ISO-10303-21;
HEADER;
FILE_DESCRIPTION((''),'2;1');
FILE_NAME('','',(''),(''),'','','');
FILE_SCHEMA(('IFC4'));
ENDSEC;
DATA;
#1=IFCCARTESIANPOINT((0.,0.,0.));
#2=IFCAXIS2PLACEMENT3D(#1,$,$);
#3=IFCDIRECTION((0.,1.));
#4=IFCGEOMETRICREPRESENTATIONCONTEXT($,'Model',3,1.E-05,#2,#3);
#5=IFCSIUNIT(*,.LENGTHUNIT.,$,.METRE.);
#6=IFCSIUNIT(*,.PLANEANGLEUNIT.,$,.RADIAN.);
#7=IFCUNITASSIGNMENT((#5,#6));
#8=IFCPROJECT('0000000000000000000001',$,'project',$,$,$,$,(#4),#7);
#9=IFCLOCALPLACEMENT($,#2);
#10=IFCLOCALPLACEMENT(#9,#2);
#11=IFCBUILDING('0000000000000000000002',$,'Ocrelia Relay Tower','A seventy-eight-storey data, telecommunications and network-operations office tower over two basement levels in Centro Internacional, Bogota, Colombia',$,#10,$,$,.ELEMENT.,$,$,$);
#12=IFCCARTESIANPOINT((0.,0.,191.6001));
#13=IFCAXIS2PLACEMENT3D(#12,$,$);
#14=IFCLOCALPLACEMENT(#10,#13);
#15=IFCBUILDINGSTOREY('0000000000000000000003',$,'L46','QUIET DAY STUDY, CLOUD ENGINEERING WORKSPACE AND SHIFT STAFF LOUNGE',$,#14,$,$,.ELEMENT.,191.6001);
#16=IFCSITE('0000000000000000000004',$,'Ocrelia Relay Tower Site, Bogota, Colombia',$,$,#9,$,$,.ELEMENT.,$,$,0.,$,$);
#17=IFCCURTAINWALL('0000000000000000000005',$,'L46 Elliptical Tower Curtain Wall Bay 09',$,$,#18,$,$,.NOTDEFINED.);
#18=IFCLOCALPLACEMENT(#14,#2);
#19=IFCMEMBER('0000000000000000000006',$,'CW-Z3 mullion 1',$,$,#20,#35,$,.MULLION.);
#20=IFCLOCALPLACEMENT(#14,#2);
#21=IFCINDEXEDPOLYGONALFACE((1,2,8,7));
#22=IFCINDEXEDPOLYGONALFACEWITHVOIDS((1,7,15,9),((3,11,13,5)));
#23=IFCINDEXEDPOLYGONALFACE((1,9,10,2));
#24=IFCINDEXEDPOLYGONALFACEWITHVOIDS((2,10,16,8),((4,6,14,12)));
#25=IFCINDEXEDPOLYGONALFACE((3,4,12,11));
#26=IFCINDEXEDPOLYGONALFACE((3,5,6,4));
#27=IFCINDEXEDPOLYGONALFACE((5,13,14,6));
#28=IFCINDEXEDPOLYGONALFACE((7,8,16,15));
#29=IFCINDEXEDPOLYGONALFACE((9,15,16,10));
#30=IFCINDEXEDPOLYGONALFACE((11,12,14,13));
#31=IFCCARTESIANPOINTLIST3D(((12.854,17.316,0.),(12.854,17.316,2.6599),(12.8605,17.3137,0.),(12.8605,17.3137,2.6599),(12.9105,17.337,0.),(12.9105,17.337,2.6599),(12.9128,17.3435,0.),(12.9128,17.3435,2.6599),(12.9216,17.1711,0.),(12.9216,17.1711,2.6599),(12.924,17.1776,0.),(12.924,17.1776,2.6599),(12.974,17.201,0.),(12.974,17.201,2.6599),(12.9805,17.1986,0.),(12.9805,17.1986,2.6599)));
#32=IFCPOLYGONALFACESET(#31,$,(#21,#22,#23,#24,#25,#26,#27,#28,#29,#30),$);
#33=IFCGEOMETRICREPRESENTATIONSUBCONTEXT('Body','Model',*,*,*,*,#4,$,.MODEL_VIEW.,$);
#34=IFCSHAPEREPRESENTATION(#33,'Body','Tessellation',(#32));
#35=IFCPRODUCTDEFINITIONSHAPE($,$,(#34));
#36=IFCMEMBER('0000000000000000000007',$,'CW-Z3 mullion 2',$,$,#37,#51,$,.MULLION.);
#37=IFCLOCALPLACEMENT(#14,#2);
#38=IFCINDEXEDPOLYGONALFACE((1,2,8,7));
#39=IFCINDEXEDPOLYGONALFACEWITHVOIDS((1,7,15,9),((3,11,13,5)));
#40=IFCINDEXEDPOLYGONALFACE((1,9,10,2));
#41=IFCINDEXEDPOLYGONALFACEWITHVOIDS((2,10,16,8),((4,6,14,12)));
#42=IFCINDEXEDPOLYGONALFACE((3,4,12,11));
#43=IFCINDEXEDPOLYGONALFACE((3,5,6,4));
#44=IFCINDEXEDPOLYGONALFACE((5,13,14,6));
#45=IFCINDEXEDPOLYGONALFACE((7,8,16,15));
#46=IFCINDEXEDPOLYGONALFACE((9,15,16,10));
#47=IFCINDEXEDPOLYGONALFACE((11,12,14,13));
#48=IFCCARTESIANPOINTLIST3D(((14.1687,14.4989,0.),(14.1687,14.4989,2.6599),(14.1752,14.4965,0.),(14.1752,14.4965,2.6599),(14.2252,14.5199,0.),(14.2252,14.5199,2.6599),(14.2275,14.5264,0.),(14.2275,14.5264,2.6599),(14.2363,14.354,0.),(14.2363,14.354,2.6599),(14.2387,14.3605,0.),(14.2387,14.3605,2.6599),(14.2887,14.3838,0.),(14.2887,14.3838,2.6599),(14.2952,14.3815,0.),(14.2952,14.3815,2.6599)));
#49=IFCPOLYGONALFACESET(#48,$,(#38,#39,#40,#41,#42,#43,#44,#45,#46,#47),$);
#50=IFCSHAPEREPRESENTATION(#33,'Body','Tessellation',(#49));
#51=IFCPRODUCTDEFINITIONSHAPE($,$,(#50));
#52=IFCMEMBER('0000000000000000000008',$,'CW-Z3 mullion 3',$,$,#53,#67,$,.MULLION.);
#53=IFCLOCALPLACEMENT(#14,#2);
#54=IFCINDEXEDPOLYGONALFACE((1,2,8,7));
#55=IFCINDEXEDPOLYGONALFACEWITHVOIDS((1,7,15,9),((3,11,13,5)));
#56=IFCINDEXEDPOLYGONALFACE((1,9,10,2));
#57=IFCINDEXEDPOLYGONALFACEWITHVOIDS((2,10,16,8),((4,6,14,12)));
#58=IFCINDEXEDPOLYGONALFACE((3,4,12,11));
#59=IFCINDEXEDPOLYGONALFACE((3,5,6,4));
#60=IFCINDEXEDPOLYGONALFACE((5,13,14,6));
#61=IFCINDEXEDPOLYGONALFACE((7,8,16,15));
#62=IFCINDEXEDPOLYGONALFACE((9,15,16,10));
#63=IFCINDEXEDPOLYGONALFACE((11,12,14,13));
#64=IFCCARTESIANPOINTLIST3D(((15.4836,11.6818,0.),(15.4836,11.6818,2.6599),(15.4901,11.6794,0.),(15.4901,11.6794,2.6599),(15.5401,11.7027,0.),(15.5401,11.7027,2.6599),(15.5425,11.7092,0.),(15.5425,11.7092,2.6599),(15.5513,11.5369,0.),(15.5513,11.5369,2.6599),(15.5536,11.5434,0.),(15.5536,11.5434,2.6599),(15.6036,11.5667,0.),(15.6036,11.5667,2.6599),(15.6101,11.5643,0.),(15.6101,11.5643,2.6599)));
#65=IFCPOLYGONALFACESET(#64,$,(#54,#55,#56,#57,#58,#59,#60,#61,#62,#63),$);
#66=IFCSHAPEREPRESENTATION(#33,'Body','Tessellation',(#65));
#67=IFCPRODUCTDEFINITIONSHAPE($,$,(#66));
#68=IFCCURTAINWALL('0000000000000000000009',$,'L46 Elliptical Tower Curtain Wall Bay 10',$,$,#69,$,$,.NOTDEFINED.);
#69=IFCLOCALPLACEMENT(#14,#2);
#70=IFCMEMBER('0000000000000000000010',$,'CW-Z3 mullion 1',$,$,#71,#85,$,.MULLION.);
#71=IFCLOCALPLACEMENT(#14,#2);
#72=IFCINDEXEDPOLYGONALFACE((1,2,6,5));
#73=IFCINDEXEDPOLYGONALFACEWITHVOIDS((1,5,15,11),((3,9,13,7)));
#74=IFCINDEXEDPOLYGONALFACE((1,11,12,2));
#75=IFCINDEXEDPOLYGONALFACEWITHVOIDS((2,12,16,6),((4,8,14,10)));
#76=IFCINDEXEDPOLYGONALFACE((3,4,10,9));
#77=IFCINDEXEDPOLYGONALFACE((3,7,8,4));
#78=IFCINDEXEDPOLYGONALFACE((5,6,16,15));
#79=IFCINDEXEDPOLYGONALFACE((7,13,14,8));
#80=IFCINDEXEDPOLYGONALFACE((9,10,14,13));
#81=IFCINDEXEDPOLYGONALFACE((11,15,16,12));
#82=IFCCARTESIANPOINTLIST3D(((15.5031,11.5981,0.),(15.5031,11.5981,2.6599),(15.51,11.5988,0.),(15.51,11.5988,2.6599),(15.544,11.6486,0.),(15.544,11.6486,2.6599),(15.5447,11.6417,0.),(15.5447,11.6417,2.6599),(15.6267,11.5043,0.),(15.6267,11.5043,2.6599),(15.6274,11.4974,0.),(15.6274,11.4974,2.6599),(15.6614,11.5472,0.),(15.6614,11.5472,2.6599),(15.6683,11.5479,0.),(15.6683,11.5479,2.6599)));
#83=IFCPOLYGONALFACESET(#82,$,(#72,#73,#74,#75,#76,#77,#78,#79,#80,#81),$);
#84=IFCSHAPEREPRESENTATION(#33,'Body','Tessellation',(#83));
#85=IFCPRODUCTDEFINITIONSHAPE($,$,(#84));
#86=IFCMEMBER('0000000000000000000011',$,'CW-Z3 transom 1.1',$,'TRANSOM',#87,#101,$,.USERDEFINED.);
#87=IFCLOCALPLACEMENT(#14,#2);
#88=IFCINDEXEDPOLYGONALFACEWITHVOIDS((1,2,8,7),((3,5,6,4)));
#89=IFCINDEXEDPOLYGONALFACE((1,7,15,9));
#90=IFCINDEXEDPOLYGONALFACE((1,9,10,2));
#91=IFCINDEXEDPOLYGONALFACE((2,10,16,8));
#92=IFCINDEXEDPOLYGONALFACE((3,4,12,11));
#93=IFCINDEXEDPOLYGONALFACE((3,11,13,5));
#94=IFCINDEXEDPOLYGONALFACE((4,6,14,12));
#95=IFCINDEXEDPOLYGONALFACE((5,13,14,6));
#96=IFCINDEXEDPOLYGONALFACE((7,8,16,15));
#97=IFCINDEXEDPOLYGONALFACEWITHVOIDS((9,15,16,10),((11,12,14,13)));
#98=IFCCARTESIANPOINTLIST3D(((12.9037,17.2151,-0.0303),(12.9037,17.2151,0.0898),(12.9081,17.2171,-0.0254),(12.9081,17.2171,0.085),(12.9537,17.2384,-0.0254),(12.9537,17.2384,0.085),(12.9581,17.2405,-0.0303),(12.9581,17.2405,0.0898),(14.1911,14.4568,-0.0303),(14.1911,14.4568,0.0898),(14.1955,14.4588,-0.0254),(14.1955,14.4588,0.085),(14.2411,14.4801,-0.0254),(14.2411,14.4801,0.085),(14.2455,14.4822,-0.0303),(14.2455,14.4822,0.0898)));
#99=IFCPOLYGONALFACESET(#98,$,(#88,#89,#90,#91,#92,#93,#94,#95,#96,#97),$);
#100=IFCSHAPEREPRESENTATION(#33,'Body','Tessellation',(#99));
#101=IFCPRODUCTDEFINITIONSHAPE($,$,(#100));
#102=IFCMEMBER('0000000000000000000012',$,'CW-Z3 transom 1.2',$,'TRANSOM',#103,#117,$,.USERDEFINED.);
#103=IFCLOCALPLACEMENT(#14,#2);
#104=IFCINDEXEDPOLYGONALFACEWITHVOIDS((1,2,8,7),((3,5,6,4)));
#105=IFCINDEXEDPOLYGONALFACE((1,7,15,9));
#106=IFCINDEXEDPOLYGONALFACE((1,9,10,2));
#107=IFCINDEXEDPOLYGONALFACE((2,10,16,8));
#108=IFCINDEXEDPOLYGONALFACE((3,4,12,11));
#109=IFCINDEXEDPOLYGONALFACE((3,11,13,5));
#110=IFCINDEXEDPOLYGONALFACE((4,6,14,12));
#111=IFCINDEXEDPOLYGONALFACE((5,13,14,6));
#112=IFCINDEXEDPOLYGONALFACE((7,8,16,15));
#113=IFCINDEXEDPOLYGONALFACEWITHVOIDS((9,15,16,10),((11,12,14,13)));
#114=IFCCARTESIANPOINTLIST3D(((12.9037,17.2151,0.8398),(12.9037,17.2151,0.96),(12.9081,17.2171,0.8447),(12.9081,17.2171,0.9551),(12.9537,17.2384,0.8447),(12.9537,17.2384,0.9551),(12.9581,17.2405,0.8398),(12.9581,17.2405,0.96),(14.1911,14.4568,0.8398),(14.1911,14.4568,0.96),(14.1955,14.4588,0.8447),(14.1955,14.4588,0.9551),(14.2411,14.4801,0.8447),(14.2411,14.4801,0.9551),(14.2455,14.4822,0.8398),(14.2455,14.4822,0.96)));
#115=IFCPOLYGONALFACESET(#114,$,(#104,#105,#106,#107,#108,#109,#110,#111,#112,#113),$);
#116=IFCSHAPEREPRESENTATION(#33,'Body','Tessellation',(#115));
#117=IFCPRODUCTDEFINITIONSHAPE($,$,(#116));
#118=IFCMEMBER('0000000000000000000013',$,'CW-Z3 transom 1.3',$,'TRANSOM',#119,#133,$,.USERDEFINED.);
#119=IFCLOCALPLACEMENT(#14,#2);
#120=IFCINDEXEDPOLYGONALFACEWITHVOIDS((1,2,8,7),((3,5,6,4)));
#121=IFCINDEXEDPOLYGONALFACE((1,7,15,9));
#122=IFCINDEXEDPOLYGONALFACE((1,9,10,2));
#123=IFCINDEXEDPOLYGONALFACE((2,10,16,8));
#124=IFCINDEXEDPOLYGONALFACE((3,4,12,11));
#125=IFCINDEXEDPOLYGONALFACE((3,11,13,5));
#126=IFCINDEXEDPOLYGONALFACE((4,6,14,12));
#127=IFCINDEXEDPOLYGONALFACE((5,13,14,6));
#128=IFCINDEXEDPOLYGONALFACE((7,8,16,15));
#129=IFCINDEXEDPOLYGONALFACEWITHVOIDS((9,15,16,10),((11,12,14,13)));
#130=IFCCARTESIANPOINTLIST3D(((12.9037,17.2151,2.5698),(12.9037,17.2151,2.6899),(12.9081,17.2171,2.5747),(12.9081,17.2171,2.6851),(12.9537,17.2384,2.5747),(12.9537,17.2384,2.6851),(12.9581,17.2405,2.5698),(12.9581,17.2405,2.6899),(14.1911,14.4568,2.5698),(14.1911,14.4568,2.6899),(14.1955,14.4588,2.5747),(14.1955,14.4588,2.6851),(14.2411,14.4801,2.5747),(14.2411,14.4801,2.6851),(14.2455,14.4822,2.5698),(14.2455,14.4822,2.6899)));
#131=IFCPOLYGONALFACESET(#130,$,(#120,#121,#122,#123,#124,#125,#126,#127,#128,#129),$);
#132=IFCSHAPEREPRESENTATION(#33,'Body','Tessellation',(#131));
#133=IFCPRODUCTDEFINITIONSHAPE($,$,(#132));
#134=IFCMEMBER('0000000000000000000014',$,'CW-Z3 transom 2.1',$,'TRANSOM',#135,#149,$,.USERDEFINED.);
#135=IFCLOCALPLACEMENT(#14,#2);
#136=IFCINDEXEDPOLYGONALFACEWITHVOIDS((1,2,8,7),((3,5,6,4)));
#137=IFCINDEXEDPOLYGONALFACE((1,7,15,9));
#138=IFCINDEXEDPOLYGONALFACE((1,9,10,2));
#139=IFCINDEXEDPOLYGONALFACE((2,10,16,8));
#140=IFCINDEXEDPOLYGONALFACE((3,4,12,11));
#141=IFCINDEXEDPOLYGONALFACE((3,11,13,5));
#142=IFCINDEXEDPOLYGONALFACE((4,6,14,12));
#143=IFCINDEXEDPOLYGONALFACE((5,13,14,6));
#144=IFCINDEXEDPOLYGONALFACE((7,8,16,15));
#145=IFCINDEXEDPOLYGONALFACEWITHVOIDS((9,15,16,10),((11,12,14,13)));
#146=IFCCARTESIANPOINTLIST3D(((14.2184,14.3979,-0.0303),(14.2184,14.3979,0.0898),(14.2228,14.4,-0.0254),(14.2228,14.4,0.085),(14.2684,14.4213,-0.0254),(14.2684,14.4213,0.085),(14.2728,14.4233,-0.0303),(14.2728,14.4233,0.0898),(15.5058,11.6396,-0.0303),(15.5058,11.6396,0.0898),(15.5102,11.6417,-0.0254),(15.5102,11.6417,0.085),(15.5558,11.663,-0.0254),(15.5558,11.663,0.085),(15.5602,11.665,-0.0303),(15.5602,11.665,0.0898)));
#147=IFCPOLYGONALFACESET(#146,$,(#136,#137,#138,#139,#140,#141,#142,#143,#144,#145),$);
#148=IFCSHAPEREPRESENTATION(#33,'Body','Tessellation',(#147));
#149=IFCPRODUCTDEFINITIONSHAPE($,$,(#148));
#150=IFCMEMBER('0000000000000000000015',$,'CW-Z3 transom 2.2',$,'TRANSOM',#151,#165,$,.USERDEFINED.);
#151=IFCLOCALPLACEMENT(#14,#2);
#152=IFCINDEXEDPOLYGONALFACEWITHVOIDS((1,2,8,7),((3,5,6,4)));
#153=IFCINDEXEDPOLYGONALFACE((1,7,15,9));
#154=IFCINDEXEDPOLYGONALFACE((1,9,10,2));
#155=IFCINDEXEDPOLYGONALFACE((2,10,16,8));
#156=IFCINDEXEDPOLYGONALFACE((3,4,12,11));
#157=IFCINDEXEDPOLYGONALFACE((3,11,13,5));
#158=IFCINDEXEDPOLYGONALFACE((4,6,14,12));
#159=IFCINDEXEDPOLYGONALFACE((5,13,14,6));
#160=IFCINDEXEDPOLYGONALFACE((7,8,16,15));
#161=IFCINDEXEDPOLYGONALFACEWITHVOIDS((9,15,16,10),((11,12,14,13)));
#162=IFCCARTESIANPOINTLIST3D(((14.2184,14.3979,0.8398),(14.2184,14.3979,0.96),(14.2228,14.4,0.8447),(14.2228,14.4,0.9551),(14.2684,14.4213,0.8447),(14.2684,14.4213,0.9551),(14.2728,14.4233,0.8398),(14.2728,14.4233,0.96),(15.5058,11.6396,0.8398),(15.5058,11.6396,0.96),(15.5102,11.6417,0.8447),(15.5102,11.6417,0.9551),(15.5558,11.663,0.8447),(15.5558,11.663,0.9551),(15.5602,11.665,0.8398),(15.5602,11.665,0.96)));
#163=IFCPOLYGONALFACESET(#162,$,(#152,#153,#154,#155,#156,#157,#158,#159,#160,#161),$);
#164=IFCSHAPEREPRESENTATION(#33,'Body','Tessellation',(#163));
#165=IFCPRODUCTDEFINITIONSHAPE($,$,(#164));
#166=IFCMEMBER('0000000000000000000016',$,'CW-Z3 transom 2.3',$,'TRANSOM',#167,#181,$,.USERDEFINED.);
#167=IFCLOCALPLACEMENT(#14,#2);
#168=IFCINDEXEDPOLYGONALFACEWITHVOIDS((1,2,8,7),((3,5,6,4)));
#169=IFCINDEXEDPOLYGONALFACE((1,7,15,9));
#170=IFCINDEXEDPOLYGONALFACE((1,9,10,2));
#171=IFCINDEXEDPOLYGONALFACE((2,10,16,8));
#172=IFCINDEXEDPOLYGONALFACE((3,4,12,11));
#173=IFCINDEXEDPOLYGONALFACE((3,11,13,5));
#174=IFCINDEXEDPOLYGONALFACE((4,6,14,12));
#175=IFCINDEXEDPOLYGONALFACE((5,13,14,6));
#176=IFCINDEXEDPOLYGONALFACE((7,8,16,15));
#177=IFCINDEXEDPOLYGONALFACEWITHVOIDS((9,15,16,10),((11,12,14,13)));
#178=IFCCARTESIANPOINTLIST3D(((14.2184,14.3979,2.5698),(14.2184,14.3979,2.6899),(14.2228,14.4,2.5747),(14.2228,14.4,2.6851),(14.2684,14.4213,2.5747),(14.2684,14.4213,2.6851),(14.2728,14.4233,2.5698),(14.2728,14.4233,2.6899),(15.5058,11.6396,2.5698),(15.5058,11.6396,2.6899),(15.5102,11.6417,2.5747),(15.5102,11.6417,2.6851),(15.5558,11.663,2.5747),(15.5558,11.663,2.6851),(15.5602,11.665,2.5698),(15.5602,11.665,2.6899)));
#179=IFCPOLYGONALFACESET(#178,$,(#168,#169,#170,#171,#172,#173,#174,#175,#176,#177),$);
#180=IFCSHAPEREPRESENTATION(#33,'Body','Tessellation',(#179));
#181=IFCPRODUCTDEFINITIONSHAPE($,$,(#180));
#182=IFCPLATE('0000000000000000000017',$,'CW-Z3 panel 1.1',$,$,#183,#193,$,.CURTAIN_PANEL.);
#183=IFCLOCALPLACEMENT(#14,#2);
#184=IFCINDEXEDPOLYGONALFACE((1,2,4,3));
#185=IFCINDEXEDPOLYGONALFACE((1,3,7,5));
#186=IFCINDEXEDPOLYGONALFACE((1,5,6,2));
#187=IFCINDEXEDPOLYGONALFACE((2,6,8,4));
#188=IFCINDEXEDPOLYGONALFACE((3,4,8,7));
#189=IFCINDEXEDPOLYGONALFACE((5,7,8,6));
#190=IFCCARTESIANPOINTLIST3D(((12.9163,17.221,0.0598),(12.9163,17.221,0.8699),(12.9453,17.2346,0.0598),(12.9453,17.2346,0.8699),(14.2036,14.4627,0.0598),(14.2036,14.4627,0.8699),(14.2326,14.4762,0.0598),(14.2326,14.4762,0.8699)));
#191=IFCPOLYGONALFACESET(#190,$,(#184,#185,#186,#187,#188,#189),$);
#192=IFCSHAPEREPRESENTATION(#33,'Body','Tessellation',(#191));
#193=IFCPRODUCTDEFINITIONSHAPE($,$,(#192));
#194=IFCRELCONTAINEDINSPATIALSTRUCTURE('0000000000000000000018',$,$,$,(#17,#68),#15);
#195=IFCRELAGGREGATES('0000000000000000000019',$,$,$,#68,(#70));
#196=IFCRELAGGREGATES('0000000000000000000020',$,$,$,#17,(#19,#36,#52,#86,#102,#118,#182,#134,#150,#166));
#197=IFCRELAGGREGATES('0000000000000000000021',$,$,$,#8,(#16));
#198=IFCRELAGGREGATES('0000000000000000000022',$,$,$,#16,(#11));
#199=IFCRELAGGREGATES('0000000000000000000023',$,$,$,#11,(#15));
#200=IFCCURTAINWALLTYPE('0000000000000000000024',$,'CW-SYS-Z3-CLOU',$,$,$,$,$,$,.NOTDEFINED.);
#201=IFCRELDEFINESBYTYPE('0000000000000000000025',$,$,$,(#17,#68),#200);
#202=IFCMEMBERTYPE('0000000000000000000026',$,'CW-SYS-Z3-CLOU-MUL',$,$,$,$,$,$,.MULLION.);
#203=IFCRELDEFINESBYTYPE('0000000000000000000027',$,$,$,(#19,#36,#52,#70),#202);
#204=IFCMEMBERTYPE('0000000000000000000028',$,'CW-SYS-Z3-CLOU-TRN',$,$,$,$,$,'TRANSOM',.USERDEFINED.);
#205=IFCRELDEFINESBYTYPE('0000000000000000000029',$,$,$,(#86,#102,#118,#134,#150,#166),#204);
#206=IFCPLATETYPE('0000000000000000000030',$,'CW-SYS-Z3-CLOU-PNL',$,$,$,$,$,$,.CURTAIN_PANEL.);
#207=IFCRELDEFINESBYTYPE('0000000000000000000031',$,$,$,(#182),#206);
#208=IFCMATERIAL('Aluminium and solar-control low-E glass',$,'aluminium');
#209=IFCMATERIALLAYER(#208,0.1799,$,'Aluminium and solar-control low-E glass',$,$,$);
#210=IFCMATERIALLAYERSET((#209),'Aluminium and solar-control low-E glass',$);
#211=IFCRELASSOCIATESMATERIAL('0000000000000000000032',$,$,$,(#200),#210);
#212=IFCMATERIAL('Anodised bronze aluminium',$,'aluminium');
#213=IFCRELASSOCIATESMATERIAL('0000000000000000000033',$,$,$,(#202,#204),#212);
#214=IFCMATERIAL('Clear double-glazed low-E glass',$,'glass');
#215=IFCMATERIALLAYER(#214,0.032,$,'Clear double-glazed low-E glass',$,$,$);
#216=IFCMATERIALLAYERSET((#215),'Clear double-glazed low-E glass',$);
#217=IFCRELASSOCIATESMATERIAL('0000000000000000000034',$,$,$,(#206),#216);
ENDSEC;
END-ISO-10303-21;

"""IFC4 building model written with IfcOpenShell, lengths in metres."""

from ifc_helpers import new_model, si_unit, direction, frame, origin, origin_2d, place, context, subcontext, project, spatial, rectangle, hollow_rectangle, extrude, material, layer, layer_set, material_profile, profile_set, type_object, element, aggregate, save


model = new_model("IFC4")

# Units and contexts
model_context = context("Model", 3, precision=1e-05, world=origin(), true_north=direction((0.0, 1.0)))
body_context = subcontext(model_context, "Body", "Model", "MODEL_VIEW")
ifc_project = project(units=[si_unit("LENGTHUNIT", "METRE"), si_unit("PLANEANGLEUNIT", "RADIAN")], contexts=[model_context])

# Site, building, storey
site_placement = place(None, origin())
site = spatial("IfcSite", under=ifc_project, at=site_placement, Name="Ocrelia Relay Tower Site, Bogota, Colombia", CompositionType="ELEMENT", RefElevation=0.0)
building_placement = place(site_placement, origin())
building = spatial("IfcBuilding", under=site, at=building_placement, Name="Ocrelia Relay Tower", Description="A seventy-eight-storey data, telecommunications and network-operations office tower over two basement levels in Centro Internacional, Bogota, Colombia", CompositionType="ELEMENT")
storey_placement = place(building_placement, frame((0.0, 0.0, 191.6001)))
storey = spatial("IfcBuildingStorey", under=building, at=storey_placement, Name="L46", Description="QUIET DAY STUDY, CLOUD ENGINEERING WORKSPACE AND SHIFT STAFF LOUNGE", CompositionType="ELEMENT", Elevation=191.6001)

# Curtain wall, members
ifc_material_1 = material(Name="Aluminium and solar-control low-E glass", Category="aluminium")
ifc_layer_1 = layer(ifc_material_1, 0.1799, Name="Aluminium and solar-control low-E glass")
ifc_layer_set_1 = layer_set([ifc_layer_1], Name="Aluminium and solar-control low-E glass")
curtain_wall_type = type_object("IfcCurtainWallType", Name="CW-SYS-Z3-CLOU", PredefinedType="NOTDEFINED", material=ifc_layer_set_1)
curtain_wall_1_placement = place(storey_placement, origin())
curtain_wall_1 = element("IfcCurtainWall", 1, at=curtain_wall_1_placement, inside=storey, type_object=curtain_wall_type, Name="L46 Elliptical Tower Curtain Wall Bay 09", PredefinedType="NOTDEFINED")
ifc_material_2 = material(Name="Anodised bronze aluminium", Category="aluminium")
ifc_material_profile_1 = material_profile(ifc_material_2, hollow_rectangle(XDim=0.0649, YDim=0.1599, WallThickness=0.0049, at=origin_2d()), Name="CW-MUL-160x65")
ifc_profile_set_1 = profile_set([ifc_material_profile_1], Name="Anodised bronze aluminium")
member_type_1 = type_object("IfcMemberType", Name="CW-SYS-Z3-CLOU-MUL", PredefinedType="MULLION", material=ifc_profile_set_1)
member_1_placement = place(storey_placement, frame((12.9172, 17.2573, 0.0), z_axis=(0.0, 0.0, 1.0), x_axis=(0.906166, 0.422921, 0.0)))
member_1 = element("IfcMember", 2, at=member_1_placement, type_object=member_type_1, Name="CW-Z3 mullion 1", PredefinedType="MULLION", context=body_context, shape_type="SweptSolid", body=[
    extrude(hollow_rectangle(XDim=0.0649, YDim=0.1599, WallThickness=0.0049, at=origin_2d()), origin(), (0.0, 0.0, 1.0), 2.6599),
])
member_2_placement = place(storey_placement, frame((14.2319, 14.4402, 0.0), z_axis=(0.0, 0.0, 1.0), x_axis=(0.906166, 0.422921, 0.0)))
member_2 = element("IfcMember", 3, at=member_2_placement, type_object=member_type_1, Name="CW-Z3 mullion 2", PredefinedType="MULLION", context=body_context, shape_type="SweptSolid", body=[
    extrude(hollow_rectangle(XDim=0.0649, YDim=0.1599, WallThickness=0.0049, at=origin_2d()), origin(), (0.0, 0.0, 1.0), 2.6599),
])
member_3_placement = place(storey_placement, frame((15.5469, 11.623, 0.0), z_axis=(0.0, 0.0, 1.0), x_axis=(0.906166, 0.422921, 0.0)))
member_3 = element("IfcMember", 4, at=member_3_placement, type_object=member_type_1, Name="CW-Z3 mullion 3", PredefinedType="MULLION", context=body_context, shape_type="SweptSolid", body=[
    extrude(hollow_rectangle(XDim=0.0649, YDim=0.1599, WallThickness=0.0049, at=origin_2d()), origin(), (0.0, 0.0, 1.0), 2.6599),
])

# Curtain wall, member
curtain_wall_2_placement = place(storey_placement, origin())
curtain_wall_2 = element("IfcCurtainWall", 5, at=curtain_wall_2_placement, inside=storey, type_object=curtain_wall_type, Name="L46 Elliptical Tower Curtain Wall Bay 10", PredefinedType="NOTDEFINED")
member_4_placement = place(storey_placement, frame((15.5857, 11.573, 0.0), z_axis=(0.0, 0.0, 1.0), x_axis=(0.62958, 0.776936, 0.0)))
member_4 = element("IfcMember", 6, at=member_4_placement, type_object=member_type_1, Name="CW-Z3 mullion 1", PredefinedType="MULLION", context=body_context, shape_type="SweptSolid", body=[
    extrude(hollow_rectangle(XDim=0.0649, YDim=0.1599, WallThickness=0.0049, at=origin_2d()), origin(), (0.0, 0.0, 1.0), 2.6599),
])
aggregate(curtain_wall_2, [member_4])

# Members
ifc_material_profile_2 = material_profile(ifc_material_2, hollow_rectangle(XDim=0.0601, YDim=0.1201, WallThickness=0.0049, at=origin_2d()), Name="CW-TRN-120x60")
ifc_profile_set_2 = profile_set([ifc_material_profile_2], Name="Anodised bronze aluminium")
member_type_2 = type_object("IfcMemberType", Name="CW-SYS-Z3-CLOU-TRN", ElementType="TRANSOM", PredefinedType="USERDEFINED", material=ifc_profile_set_2)
member_5_placement = place(storey_placement, frame((12.9309, 17.2278, 0.0298), z_axis=(0.422925, -0.906165, 0.0), x_axis=(0.906165, 0.422925, 0.0)))
member_5 = element("IfcMember", 7, at=member_5_placement, type_object=member_type_2, Name="CW-Z3 transom 1.1", ObjectType="TRANSOM", PredefinedType="USERDEFINED", context=body_context, shape_type="SweptSolid", body=[
    extrude(hollow_rectangle(XDim=0.0601, YDim=0.1201, WallThickness=0.0049, at=origin_2d()), origin(), (0.0, 0.0, 1.0), 3.0439),
])
member_6_placement = place(storey_placement, frame((12.9309, 17.2278, 0.8999), z_axis=(0.422925, -0.906165, 0.0), x_axis=(0.906165, 0.422925, 0.0)))
member_6 = element("IfcMember", 8, at=member_6_placement, type_object=member_type_2, Name="CW-Z3 transom 1.2", ObjectType="TRANSOM", PredefinedType="USERDEFINED", context=body_context, shape_type="SweptSolid", body=[
    extrude(hollow_rectangle(XDim=0.0601, YDim=0.1201, WallThickness=0.0049, at=origin_2d()), origin(), (0.0, 0.0, 1.0), 3.0439),
])
member_7_placement = place(storey_placement, frame((12.9309, 17.2278, 2.6299), z_axis=(0.422925, -0.906165, 0.0), x_axis=(0.906165, 0.422925, 0.0)))
member_7 = element("IfcMember", 9, at=member_7_placement, type_object=member_type_2, Name="CW-Z3 transom 1.3", ObjectType="TRANSOM", PredefinedType="USERDEFINED", context=body_context, shape_type="SweptSolid", body=[
    extrude(hollow_rectangle(XDim=0.0601, YDim=0.1201, WallThickness=0.0049, at=origin_2d()), origin(), (0.0, 0.0, 1.0), 3.0439),
])
member_8_placement = place(storey_placement, frame((14.2456, 14.4106, 0.0298), z_axis=(0.422925, -0.906165, 0.0), x_axis=(0.906165, 0.422925, 0.0)))
member_8 = element("IfcMember", 10, at=member_8_placement, type_object=member_type_2, Name="CW-Z3 transom 2.1", ObjectType="TRANSOM", PredefinedType="USERDEFINED", context=body_context, shape_type="SweptSolid", body=[
    extrude(hollow_rectangle(XDim=0.0601, YDim=0.1201, WallThickness=0.0049, at=origin_2d()), origin(), (0.0, 0.0, 1.0), 3.0439),
])
member_9_placement = place(storey_placement, frame((14.2456, 14.4106, 0.8999), z_axis=(0.422925, -0.906165, 0.0), x_axis=(0.906165, 0.422925, 0.0)))
member_9 = element("IfcMember", 11, at=member_9_placement, type_object=member_type_2, Name="CW-Z3 transom 2.2", ObjectType="TRANSOM", PredefinedType="USERDEFINED", context=body_context, shape_type="SweptSolid", body=[
    extrude(hollow_rectangle(XDim=0.0601, YDim=0.1201, WallThickness=0.0049, at=origin_2d()), origin(), (0.0, 0.0, 1.0), 3.0439),
])
member_10_placement = place(storey_placement, frame((14.2456, 14.4106, 2.6299), z_axis=(0.422925, -0.906165, 0.0), x_axis=(0.906165, 0.422925, 0.0)))
member_10 = element("IfcMember", 12, at=member_10_placement, type_object=member_type_2, Name="CW-Z3 transom 2.3", ObjectType="TRANSOM", PredefinedType="USERDEFINED", context=body_context, shape_type="SweptSolid", body=[
    extrude(hollow_rectangle(XDim=0.0601, YDim=0.1201, WallThickness=0.0049, at=origin_2d()), origin(), (0.0, 0.0, 1.0), 3.0439),
])

# Plate
ifc_material_3 = material(Name="Clear double-glazed low-E glass", Category="glass")
ifc_layer_2 = layer(ifc_material_3, 0.032, Name="Clear double-glazed low-E glass")
ifc_layer_set_2 = layer_set([ifc_layer_2], Name="Clear double-glazed low-E glass")
plate_type = type_object("IfcPlateType", Name="CW-SYS-Z3-CLOU-PNL", PredefinedType="CURTAIN_PANEL", material=ifc_layer_set_2)
plate_1_placement = place(storey_placement, frame((13.5745, 15.8486, 0.0598), z_axis=(0.0, 0.0, 1.0), x_axis=(0.422921, -0.906166, 0.0)))
plate_1 = element("IfcPlate", 13, at=plate_1_placement, type_object=plate_type, Name="CW-Z3 panel 1.1", PredefinedType="CURTAIN_PANEL", context=body_context, shape_type="SweptSolid", body=[
    extrude(rectangle(XDim=3.0439, YDim=0.032, at=origin_2d()), origin(), (0.0, 0.0, 1.0), 0.8101),
])
aggregate(curtain_wall_1, [member_1, member_2, member_3, member_5, member_6, member_7, plate_1, member_8, member_9, member_10])

save(model, "model.ifc")
